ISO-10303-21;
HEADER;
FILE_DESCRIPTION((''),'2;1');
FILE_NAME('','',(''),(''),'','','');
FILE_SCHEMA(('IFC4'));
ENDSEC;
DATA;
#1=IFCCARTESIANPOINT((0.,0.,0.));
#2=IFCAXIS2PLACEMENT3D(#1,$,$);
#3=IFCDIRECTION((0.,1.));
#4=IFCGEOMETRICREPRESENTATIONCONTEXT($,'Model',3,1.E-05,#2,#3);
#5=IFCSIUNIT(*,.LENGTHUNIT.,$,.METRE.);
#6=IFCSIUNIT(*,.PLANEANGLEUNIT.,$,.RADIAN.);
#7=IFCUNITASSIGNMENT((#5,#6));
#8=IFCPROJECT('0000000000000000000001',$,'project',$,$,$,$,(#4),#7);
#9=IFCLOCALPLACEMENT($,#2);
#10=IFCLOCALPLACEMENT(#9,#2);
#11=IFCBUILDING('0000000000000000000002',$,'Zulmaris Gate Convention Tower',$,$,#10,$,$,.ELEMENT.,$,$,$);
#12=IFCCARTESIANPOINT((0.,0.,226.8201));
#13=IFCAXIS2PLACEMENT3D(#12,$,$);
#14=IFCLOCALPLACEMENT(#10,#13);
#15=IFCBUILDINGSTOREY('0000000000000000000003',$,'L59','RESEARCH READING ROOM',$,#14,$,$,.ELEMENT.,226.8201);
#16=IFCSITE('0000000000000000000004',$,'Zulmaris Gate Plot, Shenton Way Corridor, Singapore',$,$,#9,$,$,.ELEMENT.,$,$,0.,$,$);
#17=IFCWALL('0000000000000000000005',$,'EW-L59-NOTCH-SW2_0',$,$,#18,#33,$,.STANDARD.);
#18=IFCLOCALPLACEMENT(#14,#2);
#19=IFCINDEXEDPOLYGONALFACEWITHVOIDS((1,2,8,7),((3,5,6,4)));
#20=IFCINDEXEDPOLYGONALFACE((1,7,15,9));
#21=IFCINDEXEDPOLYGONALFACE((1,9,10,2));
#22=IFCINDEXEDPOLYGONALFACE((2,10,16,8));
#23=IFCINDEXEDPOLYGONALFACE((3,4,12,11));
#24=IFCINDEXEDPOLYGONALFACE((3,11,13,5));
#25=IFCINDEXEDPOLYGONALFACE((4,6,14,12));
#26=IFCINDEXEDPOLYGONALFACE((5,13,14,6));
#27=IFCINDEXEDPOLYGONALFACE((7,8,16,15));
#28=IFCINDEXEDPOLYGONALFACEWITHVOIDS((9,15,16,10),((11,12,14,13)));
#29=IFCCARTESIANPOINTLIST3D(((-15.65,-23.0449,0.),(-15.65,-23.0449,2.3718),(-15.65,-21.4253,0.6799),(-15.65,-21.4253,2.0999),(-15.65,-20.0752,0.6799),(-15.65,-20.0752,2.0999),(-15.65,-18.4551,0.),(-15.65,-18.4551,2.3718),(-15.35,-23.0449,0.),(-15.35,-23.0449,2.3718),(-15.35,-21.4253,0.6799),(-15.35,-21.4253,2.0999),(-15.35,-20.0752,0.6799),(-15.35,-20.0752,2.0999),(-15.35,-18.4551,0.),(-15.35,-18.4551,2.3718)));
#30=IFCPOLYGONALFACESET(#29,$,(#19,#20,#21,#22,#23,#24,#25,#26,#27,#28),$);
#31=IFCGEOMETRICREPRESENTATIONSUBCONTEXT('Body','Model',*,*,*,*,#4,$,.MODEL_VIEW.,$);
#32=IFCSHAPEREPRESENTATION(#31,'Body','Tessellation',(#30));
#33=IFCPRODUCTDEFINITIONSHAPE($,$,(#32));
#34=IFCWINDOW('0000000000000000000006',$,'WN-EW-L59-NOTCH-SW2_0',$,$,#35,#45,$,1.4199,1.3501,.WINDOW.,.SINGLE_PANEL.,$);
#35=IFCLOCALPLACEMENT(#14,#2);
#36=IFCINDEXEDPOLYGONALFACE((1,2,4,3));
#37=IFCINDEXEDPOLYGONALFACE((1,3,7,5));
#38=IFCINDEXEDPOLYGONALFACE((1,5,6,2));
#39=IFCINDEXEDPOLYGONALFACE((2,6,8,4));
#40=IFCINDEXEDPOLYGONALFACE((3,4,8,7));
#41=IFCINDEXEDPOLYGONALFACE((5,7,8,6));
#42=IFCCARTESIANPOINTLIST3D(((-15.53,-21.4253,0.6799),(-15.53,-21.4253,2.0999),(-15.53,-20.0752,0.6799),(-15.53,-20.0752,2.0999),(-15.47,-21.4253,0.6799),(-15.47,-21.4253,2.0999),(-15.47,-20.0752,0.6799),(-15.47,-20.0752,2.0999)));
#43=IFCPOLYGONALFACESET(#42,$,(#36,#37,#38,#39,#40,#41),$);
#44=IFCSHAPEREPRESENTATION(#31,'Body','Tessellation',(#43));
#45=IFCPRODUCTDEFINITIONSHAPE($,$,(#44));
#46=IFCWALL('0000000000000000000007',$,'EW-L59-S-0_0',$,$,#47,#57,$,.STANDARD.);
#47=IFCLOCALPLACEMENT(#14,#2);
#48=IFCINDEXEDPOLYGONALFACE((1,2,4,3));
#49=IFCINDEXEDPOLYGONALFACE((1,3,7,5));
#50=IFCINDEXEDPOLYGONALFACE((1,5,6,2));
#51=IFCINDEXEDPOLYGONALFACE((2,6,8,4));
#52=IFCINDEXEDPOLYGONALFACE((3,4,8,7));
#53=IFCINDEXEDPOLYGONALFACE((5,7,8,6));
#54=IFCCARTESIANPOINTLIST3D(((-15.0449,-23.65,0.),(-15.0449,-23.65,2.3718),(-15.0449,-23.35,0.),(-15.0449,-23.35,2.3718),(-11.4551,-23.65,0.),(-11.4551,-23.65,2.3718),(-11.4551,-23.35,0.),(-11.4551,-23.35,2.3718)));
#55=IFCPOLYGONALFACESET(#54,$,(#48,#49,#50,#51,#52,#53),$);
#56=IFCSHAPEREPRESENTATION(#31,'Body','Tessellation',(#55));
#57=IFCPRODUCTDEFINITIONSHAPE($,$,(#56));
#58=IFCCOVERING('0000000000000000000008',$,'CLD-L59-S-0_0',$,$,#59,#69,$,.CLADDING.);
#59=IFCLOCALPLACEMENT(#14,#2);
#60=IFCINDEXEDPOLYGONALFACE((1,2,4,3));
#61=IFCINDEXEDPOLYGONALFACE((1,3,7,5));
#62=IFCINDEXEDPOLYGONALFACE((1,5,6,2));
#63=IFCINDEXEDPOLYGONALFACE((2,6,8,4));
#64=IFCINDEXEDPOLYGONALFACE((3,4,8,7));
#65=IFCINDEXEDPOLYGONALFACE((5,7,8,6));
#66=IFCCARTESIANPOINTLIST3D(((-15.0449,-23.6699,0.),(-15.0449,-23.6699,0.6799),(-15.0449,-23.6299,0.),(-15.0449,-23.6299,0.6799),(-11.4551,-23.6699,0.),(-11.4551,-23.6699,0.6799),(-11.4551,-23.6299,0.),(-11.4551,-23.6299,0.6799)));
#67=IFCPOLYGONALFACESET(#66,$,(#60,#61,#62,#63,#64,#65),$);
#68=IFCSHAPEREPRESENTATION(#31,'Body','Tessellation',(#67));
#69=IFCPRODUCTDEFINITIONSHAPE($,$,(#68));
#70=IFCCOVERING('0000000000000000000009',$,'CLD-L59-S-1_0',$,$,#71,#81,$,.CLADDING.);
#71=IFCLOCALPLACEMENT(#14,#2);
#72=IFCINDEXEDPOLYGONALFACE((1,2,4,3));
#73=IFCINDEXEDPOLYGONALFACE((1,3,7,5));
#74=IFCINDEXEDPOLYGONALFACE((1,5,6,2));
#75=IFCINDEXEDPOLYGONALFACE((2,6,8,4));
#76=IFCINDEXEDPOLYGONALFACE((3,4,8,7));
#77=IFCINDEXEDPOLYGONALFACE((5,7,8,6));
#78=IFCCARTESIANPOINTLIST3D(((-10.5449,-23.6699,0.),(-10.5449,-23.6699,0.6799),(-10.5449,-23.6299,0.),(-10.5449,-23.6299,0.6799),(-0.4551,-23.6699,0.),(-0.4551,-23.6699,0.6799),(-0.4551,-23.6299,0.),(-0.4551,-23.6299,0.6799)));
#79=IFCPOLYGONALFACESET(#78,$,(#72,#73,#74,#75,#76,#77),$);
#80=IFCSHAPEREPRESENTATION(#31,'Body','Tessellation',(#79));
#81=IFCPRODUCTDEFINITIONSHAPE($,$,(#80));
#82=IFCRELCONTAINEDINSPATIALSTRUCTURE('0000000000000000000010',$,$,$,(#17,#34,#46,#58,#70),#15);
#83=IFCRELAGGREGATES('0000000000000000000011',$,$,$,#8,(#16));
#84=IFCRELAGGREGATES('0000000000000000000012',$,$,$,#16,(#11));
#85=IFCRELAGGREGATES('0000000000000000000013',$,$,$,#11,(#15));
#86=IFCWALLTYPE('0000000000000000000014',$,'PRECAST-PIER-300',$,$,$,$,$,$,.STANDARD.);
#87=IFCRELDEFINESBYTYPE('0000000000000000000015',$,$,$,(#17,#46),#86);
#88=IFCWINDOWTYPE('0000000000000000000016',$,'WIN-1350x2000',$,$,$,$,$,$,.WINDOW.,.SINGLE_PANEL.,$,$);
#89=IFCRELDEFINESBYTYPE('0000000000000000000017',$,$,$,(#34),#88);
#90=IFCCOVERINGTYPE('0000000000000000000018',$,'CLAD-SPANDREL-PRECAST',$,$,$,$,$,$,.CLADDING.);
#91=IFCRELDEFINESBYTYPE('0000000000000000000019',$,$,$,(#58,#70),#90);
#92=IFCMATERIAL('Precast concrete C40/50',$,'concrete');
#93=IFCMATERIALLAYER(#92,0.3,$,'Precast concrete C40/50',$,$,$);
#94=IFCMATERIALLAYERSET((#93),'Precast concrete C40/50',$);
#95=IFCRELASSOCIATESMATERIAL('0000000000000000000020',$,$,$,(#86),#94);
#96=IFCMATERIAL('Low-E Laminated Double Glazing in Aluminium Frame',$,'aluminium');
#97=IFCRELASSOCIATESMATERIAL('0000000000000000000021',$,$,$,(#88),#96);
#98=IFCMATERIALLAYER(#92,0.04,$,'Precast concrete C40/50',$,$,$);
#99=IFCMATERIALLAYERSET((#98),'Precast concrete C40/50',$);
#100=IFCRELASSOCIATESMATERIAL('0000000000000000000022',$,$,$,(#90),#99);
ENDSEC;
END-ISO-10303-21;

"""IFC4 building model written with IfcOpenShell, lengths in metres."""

from ifc_helpers import new_model, si_unit, direction, frame, frame_2d, origin, place, context, subcontext, project, spatial, rectangle, extrude, material, layer, layer_set, type_object, element, fill, save


model = new_model("IFC4")

# Units and contexts
model_context = context("Model", 3, precision=1e-05, world=origin(), true_north=direction((0.0, 1.0)))
body_context = subcontext(model_context, "Body", "Model", "MODEL_VIEW")
ifc_project = project(units=[si_unit("LENGTHUNIT", "METRE"), si_unit("PLANEANGLEUNIT", "RADIAN")], contexts=[model_context])

# Site, building, storey
site_placement = place(None, origin())
site = spatial("IfcSite", under=ifc_project, at=site_placement, Name="Zulmaris Gate Plot, Shenton Way Corridor, Singapore", CompositionType="ELEMENT", RefElevation=0.0)
building_placement = place(site_placement, origin())
building = spatial("IfcBuilding", under=site, at=building_placement, Name="Zulmaris Gate Convention Tower", CompositionType="ELEMENT")
storey_placement = place(building_placement, frame((0.0, 0.0, 226.8201)))
storey = spatial("IfcBuildingStorey", under=building, at=storey_placement, Name="L59", Description="RESEARCH READING ROOM", CompositionType="ELEMENT", Elevation=226.8201)

# Wall, opening, window
ifc_material_1 = material(Name="Precast concrete C40/50", Category="concrete")
ifc_layer_1 = layer(ifc_material_1, 0.3, Name="Precast concrete C40/50")
ifc_layer_set_1 = layer_set([ifc_layer_1], Name="Precast concrete C40/50")
wall_type_1 = type_object("IfcWallType", Name="PRECAST-PIER-300", PredefinedType="STANDARD", material=ifc_layer_set_1)
wall_1_placement = place(storey_placement, frame((-15.5, -18.4551, 0.0), z_axis=(0.0, 0.0, 1.0), x_axis=(0.0, -1.0, 0.0)))
wall_1 = element("IfcWall", 1, at=wall_1_placement, inside=storey, type_object=wall_type_1, Name="EW-L59-NOTCH-SW2_0", PredefinedType="STANDARD", context=body_context, shape_type="SweptSolid", body=[
    extrude(rectangle(XDim=4.5898, YDim=0.3, at=frame_2d((2.2949, 0.0))), origin(), (0.0, 0.0, 1.0), 2.3718),
])
opening_1_placement = place(wall_1_placement, frame((1.6201, 0.0, 0.6799)))
opening_1 = element("IfcOpeningElement", 2, at=opening_1_placement, cuts=wall_1, PredefinedType="OPENING", context=body_context, shape_type="SweptSolid", body=[
    extrude(rectangle(XDim=1.3501, YDim=1.4199, at=frame_2d((0.675, 0.71))), frame((0.0, 0.1602, 0.0), z_axis=(0.0, -1.0, 0.0), x_axis=(1.0, 0.0, 0.0)), (0.0, 0.0, 1.0), 0.3201),
])
ifc_material_2 = material(Name="Low-E Laminated Double Glazing in Aluminium Frame", Category="aluminium")
window_type = type_object("IfcWindowType", Name="WIN-1350x2000", PartitioningType="SINGLE_PANEL", PredefinedType="WINDOW", material=ifc_material_2)
window_placement = place(opening_1_placement, origin())
window = element("IfcWindow", 3, at=window_placement, inside=storey, type_object=window_type, Name="WN-EW-L59-NOTCH-SW2_0", OverallHeight=1.4199, OverallWidth=1.3501, PartitioningType="SINGLE_PANEL", PredefinedType="WINDOW", context=body_context, shape_type="SweptSolid", body=[
    extrude(rectangle(XDim=1.3501, YDim=1.4199, at=frame_2d((0.675, 0.71))), frame((0.0, 0.03, 0.0), z_axis=(0.0, -1.0, 0.0), x_axis=(1.0, 0.0, 0.0)), (0.0, 0.0, 1.0), 0.0601),
])
fill(opening_1, window)

# Wall
wall_2_placement = place(storey_placement, frame((-15.0449, -23.5, 0.0), z_axis=(0.0, 0.0, 1.0), x_axis=(1.0, 0.0, 0.0)))
element("IfcWall", 4, at=wall_2_placement, inside=storey, type_object=wall_type_1, Name="EW-L59-S-0_0", PredefinedType="STANDARD", context=body_context, shape_type="SweptSolid", body=[
    extrude(rectangle(XDim=3.5898, YDim=0.3, at=frame_2d((1.7949, 0.0))), origin(), (0.0, 0.0, 1.0), 2.3718),
])

# Coverings
ifc_layer_2 = layer(ifc_material_1, 0.04, Name="Precast concrete C40/50")
ifc_layer_set_2 = layer_set([ifc_layer_2], Name="Precast concrete C40/50")
covering_type = type_object("IfcCoveringType", Name="CLAD-SPANDREL-PRECAST", PredefinedType="CLADDING", material=ifc_layer_set_2)
covering_1_placement = place(storey_placement, frame((-15.0449, -23.6499, 0.0), z_axis=(0.0, 0.0, 1.0), x_axis=(1.0, 0.0, 0.0)))
element("IfcCovering", 5, at=covering_1_placement, inside=storey, type_object=covering_type, Name="CLD-L59-S-0_0", PredefinedType="CLADDING", context=body_context, shape_type="SweptSolid", body=[
    extrude(rectangle(XDim=3.5898, YDim=0.04, at=frame_2d((1.7949, 0.0))), origin(), (0.0, 0.0, 1.0), 0.6799),
])
covering_2_placement = place(storey_placement, frame((-10.5449, -23.6499, 0.0), z_axis=(0.0, 0.0, 1.0), x_axis=(1.0, 0.0, 0.0)))
element("IfcCovering", 6, at=covering_2_placement, inside=storey, type_object=covering_type, Name="CLD-L59-S-1_0", PredefinedType="CLADDING", context=body_context, shape_type="SweptSolid", body=[
    extrude(rectangle(XDim=10.0898, YDim=0.04, at=frame_2d((5.0449, 0.0))), origin(), (0.0, 0.0, 1.0), 0.6799),
])

save(model, "model.ifc")
